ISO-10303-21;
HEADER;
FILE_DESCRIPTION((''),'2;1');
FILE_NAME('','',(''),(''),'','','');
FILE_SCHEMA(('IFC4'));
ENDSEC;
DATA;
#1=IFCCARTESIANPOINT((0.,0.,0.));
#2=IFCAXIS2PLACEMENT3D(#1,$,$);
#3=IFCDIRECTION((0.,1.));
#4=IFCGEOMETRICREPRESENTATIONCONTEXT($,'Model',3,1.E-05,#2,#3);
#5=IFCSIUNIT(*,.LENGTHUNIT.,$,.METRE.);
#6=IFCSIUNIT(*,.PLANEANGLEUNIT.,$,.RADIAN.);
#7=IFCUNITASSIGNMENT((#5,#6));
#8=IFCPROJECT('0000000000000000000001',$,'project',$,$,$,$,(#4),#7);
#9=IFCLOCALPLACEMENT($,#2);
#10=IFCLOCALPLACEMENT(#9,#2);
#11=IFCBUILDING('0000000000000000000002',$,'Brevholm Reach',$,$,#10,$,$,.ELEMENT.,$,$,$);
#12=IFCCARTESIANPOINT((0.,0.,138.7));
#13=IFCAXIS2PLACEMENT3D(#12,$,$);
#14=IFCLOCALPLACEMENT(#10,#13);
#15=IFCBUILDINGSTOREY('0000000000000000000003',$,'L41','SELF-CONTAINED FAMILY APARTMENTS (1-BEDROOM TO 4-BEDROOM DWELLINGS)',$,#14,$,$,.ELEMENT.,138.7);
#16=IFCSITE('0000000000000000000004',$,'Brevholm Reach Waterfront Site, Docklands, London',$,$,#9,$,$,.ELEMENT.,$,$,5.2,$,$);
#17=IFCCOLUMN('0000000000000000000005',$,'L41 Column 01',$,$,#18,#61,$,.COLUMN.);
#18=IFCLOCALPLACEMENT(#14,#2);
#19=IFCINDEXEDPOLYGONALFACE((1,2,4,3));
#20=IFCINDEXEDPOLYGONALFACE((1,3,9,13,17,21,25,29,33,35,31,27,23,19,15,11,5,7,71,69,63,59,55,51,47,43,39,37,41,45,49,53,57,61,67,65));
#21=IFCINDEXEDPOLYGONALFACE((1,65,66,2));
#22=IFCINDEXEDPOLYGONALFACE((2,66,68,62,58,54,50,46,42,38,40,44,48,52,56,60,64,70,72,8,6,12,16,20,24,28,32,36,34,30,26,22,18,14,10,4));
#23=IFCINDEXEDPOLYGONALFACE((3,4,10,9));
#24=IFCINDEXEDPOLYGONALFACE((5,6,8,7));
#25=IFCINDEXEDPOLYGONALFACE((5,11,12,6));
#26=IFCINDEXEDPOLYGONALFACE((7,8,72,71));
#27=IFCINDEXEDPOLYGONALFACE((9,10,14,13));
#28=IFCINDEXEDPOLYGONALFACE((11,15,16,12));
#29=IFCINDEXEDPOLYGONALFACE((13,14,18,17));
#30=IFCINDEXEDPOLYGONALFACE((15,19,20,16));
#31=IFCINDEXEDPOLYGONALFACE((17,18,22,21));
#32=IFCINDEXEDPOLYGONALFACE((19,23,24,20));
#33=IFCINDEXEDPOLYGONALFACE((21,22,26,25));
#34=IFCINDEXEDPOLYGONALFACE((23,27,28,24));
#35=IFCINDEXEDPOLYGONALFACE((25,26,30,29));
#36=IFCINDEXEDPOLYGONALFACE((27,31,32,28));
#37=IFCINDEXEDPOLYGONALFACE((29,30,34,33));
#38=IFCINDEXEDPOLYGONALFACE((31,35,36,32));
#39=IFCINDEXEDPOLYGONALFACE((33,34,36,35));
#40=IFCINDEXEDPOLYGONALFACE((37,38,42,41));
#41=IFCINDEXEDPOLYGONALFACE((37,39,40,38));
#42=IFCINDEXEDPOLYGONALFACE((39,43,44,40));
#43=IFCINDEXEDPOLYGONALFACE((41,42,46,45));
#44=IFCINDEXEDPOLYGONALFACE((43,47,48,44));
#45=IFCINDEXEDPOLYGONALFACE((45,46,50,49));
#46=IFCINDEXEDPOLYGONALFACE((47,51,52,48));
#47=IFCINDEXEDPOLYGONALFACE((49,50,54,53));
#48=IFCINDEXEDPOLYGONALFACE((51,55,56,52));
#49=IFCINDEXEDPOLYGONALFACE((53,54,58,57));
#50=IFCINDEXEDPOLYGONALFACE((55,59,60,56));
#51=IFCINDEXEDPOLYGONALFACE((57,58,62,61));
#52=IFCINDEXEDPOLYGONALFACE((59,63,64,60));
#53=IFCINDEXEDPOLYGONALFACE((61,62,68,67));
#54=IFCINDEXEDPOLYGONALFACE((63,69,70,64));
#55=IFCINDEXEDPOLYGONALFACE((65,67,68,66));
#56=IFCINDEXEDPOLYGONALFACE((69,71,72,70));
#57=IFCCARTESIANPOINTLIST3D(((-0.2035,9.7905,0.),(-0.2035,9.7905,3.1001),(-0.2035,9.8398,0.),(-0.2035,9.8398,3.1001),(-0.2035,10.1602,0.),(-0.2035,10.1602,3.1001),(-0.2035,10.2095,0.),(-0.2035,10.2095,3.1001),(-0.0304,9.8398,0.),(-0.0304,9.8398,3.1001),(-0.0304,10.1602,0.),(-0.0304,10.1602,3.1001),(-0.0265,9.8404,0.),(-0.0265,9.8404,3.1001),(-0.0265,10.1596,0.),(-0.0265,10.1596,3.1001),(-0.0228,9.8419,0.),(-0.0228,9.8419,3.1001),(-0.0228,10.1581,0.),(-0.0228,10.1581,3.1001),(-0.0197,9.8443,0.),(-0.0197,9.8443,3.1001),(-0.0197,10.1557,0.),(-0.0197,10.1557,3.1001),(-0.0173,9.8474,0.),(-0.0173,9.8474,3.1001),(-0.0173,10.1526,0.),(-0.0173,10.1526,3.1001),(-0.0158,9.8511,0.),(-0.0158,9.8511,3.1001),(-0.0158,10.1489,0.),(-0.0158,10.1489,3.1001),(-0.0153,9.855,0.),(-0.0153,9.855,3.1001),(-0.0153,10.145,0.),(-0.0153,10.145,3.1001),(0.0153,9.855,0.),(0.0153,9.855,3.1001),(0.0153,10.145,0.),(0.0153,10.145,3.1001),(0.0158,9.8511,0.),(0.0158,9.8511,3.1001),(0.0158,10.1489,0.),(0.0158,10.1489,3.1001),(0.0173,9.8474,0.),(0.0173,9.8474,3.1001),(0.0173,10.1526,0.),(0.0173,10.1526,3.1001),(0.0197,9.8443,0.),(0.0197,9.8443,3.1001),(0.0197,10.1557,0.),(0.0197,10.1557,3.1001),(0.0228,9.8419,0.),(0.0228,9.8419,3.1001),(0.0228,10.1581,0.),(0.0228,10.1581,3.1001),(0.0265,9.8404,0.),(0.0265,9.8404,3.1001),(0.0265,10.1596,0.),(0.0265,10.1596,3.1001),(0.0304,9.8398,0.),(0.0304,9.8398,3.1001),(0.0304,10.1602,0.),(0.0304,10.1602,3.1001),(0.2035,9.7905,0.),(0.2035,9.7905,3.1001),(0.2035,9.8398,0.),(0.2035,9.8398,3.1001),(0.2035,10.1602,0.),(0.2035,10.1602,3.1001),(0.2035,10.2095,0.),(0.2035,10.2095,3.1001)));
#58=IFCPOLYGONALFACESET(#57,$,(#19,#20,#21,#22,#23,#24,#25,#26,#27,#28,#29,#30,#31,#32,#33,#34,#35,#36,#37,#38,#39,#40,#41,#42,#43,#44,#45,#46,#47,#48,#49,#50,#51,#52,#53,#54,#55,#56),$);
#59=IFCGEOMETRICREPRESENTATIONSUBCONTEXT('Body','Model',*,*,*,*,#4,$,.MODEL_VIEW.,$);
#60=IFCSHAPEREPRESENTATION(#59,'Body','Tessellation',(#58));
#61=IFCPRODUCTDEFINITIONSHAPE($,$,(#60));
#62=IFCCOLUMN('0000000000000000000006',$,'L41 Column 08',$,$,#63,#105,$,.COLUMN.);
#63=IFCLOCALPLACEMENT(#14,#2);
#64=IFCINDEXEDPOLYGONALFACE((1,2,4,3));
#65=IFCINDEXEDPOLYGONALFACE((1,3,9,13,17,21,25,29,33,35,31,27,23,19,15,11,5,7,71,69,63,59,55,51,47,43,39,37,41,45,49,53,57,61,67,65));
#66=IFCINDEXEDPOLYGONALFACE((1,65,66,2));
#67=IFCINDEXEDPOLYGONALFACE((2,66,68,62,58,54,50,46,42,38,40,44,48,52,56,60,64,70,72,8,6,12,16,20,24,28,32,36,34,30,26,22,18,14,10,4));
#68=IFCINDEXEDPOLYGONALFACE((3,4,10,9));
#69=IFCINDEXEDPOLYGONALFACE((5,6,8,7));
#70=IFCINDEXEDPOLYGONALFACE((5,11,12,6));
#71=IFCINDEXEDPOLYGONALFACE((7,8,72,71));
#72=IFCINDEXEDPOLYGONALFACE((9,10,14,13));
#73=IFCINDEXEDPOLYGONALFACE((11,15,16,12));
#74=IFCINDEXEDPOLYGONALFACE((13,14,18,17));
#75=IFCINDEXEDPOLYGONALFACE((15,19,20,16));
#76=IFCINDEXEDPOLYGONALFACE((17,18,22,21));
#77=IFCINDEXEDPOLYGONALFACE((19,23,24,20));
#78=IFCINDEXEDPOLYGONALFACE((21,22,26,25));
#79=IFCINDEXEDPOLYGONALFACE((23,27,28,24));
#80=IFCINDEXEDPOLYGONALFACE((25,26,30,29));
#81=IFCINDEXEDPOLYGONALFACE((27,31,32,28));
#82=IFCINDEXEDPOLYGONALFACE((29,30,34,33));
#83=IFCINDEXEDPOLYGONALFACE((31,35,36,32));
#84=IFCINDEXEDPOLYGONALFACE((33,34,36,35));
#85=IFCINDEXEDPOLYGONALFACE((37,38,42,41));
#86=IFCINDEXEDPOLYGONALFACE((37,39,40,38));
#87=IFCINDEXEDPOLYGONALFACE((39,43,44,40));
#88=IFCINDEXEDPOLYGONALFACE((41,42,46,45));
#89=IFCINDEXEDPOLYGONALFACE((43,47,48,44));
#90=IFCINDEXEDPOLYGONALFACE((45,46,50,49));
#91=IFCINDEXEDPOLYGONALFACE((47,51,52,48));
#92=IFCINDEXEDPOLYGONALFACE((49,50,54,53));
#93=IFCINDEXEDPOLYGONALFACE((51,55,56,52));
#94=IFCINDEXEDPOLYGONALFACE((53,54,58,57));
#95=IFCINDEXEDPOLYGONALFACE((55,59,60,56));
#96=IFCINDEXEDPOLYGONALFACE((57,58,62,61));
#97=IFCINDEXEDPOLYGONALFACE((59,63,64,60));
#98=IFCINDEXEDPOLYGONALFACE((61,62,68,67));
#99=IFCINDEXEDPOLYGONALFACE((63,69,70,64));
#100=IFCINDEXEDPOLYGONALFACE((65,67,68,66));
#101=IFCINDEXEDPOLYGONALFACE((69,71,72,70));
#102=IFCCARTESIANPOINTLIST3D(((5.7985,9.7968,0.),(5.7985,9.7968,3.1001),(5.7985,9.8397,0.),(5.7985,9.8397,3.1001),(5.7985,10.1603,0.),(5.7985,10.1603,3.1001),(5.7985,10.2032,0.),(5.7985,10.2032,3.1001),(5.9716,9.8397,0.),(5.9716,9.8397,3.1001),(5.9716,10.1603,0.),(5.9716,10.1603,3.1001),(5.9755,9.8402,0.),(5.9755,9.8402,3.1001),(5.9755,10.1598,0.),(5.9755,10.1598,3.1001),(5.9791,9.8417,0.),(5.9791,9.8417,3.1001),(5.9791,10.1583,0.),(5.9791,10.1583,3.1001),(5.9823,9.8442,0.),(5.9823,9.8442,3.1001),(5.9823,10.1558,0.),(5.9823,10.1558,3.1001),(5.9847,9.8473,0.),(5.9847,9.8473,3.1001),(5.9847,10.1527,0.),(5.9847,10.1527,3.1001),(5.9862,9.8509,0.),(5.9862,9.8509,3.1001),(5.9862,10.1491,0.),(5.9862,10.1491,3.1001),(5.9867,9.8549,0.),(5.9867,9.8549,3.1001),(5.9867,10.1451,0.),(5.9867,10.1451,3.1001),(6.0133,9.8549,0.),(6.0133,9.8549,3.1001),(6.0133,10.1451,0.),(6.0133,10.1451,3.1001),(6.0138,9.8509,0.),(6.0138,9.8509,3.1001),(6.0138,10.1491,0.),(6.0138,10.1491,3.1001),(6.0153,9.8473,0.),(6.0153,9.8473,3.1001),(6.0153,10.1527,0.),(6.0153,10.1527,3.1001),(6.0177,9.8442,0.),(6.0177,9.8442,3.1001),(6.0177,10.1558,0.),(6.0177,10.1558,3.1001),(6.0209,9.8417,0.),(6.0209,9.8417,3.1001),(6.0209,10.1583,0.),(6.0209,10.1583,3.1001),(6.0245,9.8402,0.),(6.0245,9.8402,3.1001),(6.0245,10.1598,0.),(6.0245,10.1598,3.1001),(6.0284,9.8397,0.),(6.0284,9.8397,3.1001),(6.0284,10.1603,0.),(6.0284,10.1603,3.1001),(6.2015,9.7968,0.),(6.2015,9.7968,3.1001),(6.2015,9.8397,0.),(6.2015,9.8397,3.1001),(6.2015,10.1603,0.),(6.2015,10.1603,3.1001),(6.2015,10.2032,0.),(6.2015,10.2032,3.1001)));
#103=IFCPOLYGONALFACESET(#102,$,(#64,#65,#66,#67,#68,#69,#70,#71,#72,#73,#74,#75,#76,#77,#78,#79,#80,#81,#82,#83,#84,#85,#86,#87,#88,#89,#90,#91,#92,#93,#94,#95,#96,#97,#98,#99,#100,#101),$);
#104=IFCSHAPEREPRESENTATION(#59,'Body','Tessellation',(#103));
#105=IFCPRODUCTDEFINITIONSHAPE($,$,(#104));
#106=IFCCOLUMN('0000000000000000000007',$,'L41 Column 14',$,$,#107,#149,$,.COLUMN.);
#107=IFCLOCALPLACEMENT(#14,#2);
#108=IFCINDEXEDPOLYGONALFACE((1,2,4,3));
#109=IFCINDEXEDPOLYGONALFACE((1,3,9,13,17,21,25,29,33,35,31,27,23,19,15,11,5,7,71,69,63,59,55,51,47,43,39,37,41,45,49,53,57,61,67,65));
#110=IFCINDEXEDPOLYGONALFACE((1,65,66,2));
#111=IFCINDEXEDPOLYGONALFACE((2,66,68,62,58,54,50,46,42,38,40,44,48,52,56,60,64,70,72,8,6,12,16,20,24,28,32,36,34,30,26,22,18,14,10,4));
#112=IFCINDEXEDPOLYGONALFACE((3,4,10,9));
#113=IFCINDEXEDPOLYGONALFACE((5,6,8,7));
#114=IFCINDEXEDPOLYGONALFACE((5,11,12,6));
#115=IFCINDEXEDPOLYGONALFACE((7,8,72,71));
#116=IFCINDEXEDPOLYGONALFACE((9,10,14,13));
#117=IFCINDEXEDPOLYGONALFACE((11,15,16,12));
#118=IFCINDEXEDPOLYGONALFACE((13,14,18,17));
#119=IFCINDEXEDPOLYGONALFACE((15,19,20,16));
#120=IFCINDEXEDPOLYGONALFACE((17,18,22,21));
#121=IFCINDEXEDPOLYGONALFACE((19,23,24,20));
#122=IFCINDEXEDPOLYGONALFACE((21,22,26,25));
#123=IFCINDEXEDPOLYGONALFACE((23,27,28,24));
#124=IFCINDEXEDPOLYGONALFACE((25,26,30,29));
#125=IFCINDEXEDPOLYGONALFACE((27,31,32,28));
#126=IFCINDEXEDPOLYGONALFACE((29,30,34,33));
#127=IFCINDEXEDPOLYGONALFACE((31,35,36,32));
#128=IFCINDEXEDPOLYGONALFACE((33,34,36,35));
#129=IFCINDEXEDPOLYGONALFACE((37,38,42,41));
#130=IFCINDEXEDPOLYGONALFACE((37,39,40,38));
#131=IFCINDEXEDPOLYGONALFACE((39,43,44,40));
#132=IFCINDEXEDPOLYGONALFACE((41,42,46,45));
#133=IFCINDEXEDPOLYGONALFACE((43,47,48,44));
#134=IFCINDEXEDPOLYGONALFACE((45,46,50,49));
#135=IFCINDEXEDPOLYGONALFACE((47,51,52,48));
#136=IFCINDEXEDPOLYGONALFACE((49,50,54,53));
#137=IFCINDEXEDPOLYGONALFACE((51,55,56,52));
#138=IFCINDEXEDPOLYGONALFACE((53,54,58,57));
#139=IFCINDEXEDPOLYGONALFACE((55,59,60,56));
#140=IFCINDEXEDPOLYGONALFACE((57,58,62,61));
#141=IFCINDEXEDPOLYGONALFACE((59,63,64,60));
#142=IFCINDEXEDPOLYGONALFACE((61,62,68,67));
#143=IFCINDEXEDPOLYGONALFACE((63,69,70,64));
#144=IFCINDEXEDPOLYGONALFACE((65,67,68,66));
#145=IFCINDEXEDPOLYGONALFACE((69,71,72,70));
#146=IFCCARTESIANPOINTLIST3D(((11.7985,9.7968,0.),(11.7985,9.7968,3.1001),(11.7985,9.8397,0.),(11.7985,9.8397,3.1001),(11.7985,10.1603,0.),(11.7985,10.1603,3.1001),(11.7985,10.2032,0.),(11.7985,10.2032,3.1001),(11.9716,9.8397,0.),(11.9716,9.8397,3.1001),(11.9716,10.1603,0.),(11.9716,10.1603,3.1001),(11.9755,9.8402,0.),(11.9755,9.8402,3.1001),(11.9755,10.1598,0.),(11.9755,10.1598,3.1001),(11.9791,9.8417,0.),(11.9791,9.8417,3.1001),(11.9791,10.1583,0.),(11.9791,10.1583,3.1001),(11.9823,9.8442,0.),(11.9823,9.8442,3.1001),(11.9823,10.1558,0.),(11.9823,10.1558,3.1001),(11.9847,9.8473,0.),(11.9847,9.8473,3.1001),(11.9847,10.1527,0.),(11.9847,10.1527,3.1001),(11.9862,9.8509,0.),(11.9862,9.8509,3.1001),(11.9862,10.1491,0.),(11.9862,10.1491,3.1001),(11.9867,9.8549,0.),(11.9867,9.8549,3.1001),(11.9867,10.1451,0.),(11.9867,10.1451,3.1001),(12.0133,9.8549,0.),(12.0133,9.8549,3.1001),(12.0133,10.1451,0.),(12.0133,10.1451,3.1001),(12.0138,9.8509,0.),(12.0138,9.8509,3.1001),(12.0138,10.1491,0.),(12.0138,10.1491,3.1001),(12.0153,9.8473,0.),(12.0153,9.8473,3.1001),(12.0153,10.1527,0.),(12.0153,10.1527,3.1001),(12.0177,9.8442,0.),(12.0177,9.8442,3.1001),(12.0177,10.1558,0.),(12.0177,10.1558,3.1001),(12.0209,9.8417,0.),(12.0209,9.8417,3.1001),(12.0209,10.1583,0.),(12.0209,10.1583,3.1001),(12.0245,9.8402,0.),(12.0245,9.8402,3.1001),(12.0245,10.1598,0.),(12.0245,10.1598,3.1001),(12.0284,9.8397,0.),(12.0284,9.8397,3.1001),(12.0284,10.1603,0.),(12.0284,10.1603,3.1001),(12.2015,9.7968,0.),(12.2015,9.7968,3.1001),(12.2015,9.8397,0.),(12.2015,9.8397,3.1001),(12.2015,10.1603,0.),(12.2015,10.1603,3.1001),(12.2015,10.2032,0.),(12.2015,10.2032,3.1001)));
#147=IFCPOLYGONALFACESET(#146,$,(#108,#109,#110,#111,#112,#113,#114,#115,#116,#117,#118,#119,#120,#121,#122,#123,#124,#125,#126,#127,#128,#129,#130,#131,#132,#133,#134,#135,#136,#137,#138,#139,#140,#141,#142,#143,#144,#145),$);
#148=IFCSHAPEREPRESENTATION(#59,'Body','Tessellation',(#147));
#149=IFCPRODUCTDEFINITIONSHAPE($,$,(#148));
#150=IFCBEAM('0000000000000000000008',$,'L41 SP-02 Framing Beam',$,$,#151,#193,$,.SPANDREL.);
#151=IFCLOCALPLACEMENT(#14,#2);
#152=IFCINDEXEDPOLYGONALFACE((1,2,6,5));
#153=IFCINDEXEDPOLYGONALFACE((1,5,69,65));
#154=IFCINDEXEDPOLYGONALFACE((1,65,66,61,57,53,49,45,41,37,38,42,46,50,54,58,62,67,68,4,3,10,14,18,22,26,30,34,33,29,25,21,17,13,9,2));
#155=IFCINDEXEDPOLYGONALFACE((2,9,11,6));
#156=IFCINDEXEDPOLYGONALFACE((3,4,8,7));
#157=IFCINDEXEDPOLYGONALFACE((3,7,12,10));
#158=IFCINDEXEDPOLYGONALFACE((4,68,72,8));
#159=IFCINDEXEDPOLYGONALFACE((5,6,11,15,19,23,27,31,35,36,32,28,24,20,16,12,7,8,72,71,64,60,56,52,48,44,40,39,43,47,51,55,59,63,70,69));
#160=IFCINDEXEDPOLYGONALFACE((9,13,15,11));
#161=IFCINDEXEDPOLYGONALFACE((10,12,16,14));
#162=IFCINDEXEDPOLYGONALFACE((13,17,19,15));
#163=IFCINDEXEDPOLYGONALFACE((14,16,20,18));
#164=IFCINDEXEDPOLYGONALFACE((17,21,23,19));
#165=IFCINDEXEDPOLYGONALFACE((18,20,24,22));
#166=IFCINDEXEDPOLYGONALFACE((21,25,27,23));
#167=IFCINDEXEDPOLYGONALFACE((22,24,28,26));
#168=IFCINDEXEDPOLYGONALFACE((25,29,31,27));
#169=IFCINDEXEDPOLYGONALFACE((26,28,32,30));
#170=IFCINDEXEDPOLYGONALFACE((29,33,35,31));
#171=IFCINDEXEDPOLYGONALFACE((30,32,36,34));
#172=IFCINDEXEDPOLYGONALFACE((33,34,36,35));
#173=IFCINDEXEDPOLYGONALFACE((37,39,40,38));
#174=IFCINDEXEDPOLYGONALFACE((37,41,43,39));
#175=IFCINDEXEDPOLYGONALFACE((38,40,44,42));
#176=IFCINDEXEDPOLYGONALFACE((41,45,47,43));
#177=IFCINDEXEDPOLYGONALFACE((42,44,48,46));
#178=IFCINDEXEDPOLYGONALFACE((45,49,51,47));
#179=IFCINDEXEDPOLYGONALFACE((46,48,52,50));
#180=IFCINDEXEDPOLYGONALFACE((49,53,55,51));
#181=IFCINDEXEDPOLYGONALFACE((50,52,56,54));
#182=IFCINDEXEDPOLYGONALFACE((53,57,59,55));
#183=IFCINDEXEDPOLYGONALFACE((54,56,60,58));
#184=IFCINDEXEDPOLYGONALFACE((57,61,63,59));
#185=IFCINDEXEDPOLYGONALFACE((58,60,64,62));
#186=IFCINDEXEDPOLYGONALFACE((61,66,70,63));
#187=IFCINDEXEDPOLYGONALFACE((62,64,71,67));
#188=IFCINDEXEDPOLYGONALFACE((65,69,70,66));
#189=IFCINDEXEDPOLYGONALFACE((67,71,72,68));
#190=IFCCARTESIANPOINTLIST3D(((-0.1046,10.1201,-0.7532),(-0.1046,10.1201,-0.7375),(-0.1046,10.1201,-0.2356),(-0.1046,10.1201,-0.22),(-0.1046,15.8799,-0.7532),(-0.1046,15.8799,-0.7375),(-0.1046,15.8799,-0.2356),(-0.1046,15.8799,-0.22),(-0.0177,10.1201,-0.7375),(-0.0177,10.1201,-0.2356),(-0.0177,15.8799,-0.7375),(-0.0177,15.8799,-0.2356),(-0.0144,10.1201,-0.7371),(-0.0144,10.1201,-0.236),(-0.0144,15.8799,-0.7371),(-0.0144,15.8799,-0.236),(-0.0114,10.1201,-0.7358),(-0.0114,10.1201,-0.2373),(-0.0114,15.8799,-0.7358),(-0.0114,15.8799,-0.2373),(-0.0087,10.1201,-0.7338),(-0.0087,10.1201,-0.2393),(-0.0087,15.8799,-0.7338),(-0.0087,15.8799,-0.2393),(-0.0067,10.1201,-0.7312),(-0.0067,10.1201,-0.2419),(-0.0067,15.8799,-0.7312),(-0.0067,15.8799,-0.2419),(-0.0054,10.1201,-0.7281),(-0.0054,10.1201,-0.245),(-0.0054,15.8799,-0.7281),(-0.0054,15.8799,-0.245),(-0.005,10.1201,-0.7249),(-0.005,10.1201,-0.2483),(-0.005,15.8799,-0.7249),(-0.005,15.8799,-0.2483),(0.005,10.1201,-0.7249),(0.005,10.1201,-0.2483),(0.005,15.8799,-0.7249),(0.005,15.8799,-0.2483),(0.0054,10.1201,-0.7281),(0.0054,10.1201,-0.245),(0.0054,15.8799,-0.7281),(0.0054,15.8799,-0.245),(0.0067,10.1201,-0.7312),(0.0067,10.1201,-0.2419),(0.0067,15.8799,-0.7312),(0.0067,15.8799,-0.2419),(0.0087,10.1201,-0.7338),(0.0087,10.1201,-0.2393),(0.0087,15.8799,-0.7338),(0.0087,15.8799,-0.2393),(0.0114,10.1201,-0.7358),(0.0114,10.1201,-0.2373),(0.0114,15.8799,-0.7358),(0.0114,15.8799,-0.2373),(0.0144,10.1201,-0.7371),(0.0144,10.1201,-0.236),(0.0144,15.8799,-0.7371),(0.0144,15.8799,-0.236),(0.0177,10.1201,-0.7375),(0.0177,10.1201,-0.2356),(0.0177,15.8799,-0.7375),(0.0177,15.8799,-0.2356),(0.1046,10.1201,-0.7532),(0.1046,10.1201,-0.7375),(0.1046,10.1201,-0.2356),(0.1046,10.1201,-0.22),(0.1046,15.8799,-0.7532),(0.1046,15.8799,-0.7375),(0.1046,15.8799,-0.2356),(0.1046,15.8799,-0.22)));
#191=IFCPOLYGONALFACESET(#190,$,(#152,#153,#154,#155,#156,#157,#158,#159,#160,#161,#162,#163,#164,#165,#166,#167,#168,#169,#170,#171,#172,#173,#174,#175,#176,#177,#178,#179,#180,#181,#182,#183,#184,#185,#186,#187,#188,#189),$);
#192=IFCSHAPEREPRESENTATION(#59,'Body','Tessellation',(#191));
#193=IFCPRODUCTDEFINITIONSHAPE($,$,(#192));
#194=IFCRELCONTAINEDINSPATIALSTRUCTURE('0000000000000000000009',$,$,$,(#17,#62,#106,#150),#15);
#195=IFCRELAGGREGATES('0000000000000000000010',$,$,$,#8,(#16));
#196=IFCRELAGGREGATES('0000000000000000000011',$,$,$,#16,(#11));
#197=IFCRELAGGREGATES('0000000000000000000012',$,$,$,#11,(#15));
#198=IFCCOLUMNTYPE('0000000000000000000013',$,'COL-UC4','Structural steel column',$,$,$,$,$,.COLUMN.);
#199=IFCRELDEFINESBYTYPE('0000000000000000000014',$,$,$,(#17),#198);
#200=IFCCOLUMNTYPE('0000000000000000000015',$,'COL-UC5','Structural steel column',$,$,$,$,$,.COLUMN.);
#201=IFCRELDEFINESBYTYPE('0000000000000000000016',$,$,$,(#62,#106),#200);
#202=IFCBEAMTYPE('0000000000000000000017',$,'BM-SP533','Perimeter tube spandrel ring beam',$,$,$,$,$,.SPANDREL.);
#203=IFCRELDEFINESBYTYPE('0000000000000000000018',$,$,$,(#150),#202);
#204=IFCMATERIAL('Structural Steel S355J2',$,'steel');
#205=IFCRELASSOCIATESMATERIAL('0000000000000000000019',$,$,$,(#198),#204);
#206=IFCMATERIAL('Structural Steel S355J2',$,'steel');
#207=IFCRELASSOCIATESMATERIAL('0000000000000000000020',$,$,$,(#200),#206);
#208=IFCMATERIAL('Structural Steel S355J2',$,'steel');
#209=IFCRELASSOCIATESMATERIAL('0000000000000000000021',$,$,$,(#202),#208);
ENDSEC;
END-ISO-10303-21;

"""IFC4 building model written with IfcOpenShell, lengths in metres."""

from ifc_helpers import new_model, si_unit, direction, frame, origin, origin_2d, place, context, subcontext, project, spatial, i_section, extrude, material, material_profile, profile_set, type_object, element, save


model = new_model("IFC4")

# Units and contexts
model_context = context("Model", 3, precision=1e-05, world=origin(), true_north=direction((0.0, 1.0)))
body_context = subcontext(model_context, "Body", "Model", "MODEL_VIEW")
ifc_project = project(units=[si_unit("LENGTHUNIT", "METRE"), si_unit("PLANEANGLEUNIT", "RADIAN")], contexts=[model_context])

# Site, building, storey
site_placement = place(None, origin())
site = spatial("IfcSite", under=ifc_project, at=site_placement, Name="Brevholm Reach Waterfront Site, Docklands, London", CompositionType="ELEMENT", RefElevation=5.2)
building_placement = place(site_placement, origin())
building = spatial("IfcBuilding", under=site, at=building_placement, Name="Brevholm Reach", CompositionType="ELEMENT")
storey_placement = place(building_placement, frame((0.0, 0.0, 138.7)))
storey = spatial("IfcBuildingStorey", under=building, at=storey_placement, Name="L41", Description="SELF-CONTAINED FAMILY APARTMENTS (1-BEDROOM TO 4-BEDROOM DWELLINGS)", CompositionType="ELEMENT", Elevation=138.7)

# Columns
ifc_material_1 = material(Name="Structural Steel S355J2", Category="steel")
ifc_material_profile_1 = material_profile(ifc_material_1, i_section(OverallWidth=0.407, OverallDepth=0.4189, WebThickness=0.0305, FlangeThickness=0.0493, FilletRadius=0.0151, at=origin_2d()), Name="UKC 356x406x393")
ifc_profile_set_1 = profile_set([ifc_material_profile_1], Name="Structural Steel S355J2")
column_type_1 = type_object("IfcColumnType", Name="COL-UC4", Description="Structural steel column", PredefinedType="COLUMN", material=ifc_profile_set_1)
column_placement = place(storey_placement, frame((0.0, 10.0, 0.0), z_axis=(0.0, 0.0, 1.0), x_axis=(1.0, 0.0, 0.0)))
element("IfcColumn", 1, at=column_placement, inside=storey, type_object=column_type_1, Name="L41 Column 01", PredefinedType="COLUMN", context=body_context, shape_type="SweptSolid", body=[
    extrude(i_section(OverallWidth=0.407, OverallDepth=0.4189, WebThickness=0.0305, FlangeThickness=0.0493, FilletRadius=0.0151, at=origin_2d()), origin(), (0.0, 0.0, 1.0), 3.1001),
])
ifc_material_2 = material(Name="Structural Steel S355J2", Category="steel")
ifc_material_profile_2 = material_profile(ifc_material_2, i_section(OverallWidth=0.4031, OverallDepth=0.4065, WebThickness=0.0266, FlangeThickness=0.043, FilletRadius=0.0151, at=origin_2d()), Name="UKC 356x406x340")
ifc_profile_set_2 = profile_set([ifc_material_profile_2], Name="Structural Steel S355J2")
column_type_2 = type_object("IfcColumnType", Name="COL-UC5", Description="Structural steel column", PredefinedType="COLUMN", material=ifc_profile_set_2)
for number, where, z_axis, x_axis, name in (
    (2, (6.0, 10.0, 0.0), (0.0, 0.0, 1.0), (1.0, 0.0, 0.0), "L41 Column 08"),
    (3, (12.0, 10.0, 0.0), (0.0, 0.0, 1.0), (1.0, 0.0, 0.0), "L41 Column 14"),
):
    element("IfcColumn", number, at=place(storey_placement, frame(where, z_axis=z_axis, x_axis=x_axis)), inside=storey, type_object=column_type_2, Name=name, PredefinedType="COLUMN", context=body_context, shape_type="SweptSolid", body=[
        extrude(i_section(OverallWidth=0.4031, OverallDepth=0.4065, WebThickness=0.0266, FlangeThickness=0.043, FilletRadius=0.0151, at=origin_2d()), origin(), (0.0, 0.0, 1.0), 3.1001),
    ])

# Beam
ifc_material_3 = material(Name="Structural Steel S355J2", Category="steel")
ifc_material_profile_3 = material_profile(ifc_material_3, i_section(OverallWidth=0.2092, OverallDepth=0.5332, WebThickness=0.01, FlangeThickness=0.0156, FilletRadius=0.0127, at=origin_2d()), Name="UKB 533x210x92")
ifc_profile_set_3 = profile_set([ifc_material_profile_3], Name="Structural Steel S355J2")
beam_type_1 = type_object("IfcBeamType", Name="BM-SP533", Description="Perimeter tube spandrel ring beam", PredefinedType="SPANDREL", material=ifc_profile_set_3)
beam_placement = place(storey_placement, frame((0.0, 10.1201, -0.4866), z_axis=(0.0, 1.0, 0.0), x_axis=(-1.0, 0.0, 0.0)))
element("IfcBeam", 4, at=beam_placement, inside=storey, type_object=beam_type_1, Name="L41 SP-02 Framing Beam", PredefinedType="SPANDREL", context=body_context, shape_type="SweptSolid", body=[
    extrude(i_section(OverallWidth=0.2092, OverallDepth=0.5332, WebThickness=0.01, FlangeThickness=0.0156, FilletRadius=0.0127, at=origin_2d()), origin(), (0.0, 0.0, 1.0), 5.7598),
])

save(model, "model.ifc")
